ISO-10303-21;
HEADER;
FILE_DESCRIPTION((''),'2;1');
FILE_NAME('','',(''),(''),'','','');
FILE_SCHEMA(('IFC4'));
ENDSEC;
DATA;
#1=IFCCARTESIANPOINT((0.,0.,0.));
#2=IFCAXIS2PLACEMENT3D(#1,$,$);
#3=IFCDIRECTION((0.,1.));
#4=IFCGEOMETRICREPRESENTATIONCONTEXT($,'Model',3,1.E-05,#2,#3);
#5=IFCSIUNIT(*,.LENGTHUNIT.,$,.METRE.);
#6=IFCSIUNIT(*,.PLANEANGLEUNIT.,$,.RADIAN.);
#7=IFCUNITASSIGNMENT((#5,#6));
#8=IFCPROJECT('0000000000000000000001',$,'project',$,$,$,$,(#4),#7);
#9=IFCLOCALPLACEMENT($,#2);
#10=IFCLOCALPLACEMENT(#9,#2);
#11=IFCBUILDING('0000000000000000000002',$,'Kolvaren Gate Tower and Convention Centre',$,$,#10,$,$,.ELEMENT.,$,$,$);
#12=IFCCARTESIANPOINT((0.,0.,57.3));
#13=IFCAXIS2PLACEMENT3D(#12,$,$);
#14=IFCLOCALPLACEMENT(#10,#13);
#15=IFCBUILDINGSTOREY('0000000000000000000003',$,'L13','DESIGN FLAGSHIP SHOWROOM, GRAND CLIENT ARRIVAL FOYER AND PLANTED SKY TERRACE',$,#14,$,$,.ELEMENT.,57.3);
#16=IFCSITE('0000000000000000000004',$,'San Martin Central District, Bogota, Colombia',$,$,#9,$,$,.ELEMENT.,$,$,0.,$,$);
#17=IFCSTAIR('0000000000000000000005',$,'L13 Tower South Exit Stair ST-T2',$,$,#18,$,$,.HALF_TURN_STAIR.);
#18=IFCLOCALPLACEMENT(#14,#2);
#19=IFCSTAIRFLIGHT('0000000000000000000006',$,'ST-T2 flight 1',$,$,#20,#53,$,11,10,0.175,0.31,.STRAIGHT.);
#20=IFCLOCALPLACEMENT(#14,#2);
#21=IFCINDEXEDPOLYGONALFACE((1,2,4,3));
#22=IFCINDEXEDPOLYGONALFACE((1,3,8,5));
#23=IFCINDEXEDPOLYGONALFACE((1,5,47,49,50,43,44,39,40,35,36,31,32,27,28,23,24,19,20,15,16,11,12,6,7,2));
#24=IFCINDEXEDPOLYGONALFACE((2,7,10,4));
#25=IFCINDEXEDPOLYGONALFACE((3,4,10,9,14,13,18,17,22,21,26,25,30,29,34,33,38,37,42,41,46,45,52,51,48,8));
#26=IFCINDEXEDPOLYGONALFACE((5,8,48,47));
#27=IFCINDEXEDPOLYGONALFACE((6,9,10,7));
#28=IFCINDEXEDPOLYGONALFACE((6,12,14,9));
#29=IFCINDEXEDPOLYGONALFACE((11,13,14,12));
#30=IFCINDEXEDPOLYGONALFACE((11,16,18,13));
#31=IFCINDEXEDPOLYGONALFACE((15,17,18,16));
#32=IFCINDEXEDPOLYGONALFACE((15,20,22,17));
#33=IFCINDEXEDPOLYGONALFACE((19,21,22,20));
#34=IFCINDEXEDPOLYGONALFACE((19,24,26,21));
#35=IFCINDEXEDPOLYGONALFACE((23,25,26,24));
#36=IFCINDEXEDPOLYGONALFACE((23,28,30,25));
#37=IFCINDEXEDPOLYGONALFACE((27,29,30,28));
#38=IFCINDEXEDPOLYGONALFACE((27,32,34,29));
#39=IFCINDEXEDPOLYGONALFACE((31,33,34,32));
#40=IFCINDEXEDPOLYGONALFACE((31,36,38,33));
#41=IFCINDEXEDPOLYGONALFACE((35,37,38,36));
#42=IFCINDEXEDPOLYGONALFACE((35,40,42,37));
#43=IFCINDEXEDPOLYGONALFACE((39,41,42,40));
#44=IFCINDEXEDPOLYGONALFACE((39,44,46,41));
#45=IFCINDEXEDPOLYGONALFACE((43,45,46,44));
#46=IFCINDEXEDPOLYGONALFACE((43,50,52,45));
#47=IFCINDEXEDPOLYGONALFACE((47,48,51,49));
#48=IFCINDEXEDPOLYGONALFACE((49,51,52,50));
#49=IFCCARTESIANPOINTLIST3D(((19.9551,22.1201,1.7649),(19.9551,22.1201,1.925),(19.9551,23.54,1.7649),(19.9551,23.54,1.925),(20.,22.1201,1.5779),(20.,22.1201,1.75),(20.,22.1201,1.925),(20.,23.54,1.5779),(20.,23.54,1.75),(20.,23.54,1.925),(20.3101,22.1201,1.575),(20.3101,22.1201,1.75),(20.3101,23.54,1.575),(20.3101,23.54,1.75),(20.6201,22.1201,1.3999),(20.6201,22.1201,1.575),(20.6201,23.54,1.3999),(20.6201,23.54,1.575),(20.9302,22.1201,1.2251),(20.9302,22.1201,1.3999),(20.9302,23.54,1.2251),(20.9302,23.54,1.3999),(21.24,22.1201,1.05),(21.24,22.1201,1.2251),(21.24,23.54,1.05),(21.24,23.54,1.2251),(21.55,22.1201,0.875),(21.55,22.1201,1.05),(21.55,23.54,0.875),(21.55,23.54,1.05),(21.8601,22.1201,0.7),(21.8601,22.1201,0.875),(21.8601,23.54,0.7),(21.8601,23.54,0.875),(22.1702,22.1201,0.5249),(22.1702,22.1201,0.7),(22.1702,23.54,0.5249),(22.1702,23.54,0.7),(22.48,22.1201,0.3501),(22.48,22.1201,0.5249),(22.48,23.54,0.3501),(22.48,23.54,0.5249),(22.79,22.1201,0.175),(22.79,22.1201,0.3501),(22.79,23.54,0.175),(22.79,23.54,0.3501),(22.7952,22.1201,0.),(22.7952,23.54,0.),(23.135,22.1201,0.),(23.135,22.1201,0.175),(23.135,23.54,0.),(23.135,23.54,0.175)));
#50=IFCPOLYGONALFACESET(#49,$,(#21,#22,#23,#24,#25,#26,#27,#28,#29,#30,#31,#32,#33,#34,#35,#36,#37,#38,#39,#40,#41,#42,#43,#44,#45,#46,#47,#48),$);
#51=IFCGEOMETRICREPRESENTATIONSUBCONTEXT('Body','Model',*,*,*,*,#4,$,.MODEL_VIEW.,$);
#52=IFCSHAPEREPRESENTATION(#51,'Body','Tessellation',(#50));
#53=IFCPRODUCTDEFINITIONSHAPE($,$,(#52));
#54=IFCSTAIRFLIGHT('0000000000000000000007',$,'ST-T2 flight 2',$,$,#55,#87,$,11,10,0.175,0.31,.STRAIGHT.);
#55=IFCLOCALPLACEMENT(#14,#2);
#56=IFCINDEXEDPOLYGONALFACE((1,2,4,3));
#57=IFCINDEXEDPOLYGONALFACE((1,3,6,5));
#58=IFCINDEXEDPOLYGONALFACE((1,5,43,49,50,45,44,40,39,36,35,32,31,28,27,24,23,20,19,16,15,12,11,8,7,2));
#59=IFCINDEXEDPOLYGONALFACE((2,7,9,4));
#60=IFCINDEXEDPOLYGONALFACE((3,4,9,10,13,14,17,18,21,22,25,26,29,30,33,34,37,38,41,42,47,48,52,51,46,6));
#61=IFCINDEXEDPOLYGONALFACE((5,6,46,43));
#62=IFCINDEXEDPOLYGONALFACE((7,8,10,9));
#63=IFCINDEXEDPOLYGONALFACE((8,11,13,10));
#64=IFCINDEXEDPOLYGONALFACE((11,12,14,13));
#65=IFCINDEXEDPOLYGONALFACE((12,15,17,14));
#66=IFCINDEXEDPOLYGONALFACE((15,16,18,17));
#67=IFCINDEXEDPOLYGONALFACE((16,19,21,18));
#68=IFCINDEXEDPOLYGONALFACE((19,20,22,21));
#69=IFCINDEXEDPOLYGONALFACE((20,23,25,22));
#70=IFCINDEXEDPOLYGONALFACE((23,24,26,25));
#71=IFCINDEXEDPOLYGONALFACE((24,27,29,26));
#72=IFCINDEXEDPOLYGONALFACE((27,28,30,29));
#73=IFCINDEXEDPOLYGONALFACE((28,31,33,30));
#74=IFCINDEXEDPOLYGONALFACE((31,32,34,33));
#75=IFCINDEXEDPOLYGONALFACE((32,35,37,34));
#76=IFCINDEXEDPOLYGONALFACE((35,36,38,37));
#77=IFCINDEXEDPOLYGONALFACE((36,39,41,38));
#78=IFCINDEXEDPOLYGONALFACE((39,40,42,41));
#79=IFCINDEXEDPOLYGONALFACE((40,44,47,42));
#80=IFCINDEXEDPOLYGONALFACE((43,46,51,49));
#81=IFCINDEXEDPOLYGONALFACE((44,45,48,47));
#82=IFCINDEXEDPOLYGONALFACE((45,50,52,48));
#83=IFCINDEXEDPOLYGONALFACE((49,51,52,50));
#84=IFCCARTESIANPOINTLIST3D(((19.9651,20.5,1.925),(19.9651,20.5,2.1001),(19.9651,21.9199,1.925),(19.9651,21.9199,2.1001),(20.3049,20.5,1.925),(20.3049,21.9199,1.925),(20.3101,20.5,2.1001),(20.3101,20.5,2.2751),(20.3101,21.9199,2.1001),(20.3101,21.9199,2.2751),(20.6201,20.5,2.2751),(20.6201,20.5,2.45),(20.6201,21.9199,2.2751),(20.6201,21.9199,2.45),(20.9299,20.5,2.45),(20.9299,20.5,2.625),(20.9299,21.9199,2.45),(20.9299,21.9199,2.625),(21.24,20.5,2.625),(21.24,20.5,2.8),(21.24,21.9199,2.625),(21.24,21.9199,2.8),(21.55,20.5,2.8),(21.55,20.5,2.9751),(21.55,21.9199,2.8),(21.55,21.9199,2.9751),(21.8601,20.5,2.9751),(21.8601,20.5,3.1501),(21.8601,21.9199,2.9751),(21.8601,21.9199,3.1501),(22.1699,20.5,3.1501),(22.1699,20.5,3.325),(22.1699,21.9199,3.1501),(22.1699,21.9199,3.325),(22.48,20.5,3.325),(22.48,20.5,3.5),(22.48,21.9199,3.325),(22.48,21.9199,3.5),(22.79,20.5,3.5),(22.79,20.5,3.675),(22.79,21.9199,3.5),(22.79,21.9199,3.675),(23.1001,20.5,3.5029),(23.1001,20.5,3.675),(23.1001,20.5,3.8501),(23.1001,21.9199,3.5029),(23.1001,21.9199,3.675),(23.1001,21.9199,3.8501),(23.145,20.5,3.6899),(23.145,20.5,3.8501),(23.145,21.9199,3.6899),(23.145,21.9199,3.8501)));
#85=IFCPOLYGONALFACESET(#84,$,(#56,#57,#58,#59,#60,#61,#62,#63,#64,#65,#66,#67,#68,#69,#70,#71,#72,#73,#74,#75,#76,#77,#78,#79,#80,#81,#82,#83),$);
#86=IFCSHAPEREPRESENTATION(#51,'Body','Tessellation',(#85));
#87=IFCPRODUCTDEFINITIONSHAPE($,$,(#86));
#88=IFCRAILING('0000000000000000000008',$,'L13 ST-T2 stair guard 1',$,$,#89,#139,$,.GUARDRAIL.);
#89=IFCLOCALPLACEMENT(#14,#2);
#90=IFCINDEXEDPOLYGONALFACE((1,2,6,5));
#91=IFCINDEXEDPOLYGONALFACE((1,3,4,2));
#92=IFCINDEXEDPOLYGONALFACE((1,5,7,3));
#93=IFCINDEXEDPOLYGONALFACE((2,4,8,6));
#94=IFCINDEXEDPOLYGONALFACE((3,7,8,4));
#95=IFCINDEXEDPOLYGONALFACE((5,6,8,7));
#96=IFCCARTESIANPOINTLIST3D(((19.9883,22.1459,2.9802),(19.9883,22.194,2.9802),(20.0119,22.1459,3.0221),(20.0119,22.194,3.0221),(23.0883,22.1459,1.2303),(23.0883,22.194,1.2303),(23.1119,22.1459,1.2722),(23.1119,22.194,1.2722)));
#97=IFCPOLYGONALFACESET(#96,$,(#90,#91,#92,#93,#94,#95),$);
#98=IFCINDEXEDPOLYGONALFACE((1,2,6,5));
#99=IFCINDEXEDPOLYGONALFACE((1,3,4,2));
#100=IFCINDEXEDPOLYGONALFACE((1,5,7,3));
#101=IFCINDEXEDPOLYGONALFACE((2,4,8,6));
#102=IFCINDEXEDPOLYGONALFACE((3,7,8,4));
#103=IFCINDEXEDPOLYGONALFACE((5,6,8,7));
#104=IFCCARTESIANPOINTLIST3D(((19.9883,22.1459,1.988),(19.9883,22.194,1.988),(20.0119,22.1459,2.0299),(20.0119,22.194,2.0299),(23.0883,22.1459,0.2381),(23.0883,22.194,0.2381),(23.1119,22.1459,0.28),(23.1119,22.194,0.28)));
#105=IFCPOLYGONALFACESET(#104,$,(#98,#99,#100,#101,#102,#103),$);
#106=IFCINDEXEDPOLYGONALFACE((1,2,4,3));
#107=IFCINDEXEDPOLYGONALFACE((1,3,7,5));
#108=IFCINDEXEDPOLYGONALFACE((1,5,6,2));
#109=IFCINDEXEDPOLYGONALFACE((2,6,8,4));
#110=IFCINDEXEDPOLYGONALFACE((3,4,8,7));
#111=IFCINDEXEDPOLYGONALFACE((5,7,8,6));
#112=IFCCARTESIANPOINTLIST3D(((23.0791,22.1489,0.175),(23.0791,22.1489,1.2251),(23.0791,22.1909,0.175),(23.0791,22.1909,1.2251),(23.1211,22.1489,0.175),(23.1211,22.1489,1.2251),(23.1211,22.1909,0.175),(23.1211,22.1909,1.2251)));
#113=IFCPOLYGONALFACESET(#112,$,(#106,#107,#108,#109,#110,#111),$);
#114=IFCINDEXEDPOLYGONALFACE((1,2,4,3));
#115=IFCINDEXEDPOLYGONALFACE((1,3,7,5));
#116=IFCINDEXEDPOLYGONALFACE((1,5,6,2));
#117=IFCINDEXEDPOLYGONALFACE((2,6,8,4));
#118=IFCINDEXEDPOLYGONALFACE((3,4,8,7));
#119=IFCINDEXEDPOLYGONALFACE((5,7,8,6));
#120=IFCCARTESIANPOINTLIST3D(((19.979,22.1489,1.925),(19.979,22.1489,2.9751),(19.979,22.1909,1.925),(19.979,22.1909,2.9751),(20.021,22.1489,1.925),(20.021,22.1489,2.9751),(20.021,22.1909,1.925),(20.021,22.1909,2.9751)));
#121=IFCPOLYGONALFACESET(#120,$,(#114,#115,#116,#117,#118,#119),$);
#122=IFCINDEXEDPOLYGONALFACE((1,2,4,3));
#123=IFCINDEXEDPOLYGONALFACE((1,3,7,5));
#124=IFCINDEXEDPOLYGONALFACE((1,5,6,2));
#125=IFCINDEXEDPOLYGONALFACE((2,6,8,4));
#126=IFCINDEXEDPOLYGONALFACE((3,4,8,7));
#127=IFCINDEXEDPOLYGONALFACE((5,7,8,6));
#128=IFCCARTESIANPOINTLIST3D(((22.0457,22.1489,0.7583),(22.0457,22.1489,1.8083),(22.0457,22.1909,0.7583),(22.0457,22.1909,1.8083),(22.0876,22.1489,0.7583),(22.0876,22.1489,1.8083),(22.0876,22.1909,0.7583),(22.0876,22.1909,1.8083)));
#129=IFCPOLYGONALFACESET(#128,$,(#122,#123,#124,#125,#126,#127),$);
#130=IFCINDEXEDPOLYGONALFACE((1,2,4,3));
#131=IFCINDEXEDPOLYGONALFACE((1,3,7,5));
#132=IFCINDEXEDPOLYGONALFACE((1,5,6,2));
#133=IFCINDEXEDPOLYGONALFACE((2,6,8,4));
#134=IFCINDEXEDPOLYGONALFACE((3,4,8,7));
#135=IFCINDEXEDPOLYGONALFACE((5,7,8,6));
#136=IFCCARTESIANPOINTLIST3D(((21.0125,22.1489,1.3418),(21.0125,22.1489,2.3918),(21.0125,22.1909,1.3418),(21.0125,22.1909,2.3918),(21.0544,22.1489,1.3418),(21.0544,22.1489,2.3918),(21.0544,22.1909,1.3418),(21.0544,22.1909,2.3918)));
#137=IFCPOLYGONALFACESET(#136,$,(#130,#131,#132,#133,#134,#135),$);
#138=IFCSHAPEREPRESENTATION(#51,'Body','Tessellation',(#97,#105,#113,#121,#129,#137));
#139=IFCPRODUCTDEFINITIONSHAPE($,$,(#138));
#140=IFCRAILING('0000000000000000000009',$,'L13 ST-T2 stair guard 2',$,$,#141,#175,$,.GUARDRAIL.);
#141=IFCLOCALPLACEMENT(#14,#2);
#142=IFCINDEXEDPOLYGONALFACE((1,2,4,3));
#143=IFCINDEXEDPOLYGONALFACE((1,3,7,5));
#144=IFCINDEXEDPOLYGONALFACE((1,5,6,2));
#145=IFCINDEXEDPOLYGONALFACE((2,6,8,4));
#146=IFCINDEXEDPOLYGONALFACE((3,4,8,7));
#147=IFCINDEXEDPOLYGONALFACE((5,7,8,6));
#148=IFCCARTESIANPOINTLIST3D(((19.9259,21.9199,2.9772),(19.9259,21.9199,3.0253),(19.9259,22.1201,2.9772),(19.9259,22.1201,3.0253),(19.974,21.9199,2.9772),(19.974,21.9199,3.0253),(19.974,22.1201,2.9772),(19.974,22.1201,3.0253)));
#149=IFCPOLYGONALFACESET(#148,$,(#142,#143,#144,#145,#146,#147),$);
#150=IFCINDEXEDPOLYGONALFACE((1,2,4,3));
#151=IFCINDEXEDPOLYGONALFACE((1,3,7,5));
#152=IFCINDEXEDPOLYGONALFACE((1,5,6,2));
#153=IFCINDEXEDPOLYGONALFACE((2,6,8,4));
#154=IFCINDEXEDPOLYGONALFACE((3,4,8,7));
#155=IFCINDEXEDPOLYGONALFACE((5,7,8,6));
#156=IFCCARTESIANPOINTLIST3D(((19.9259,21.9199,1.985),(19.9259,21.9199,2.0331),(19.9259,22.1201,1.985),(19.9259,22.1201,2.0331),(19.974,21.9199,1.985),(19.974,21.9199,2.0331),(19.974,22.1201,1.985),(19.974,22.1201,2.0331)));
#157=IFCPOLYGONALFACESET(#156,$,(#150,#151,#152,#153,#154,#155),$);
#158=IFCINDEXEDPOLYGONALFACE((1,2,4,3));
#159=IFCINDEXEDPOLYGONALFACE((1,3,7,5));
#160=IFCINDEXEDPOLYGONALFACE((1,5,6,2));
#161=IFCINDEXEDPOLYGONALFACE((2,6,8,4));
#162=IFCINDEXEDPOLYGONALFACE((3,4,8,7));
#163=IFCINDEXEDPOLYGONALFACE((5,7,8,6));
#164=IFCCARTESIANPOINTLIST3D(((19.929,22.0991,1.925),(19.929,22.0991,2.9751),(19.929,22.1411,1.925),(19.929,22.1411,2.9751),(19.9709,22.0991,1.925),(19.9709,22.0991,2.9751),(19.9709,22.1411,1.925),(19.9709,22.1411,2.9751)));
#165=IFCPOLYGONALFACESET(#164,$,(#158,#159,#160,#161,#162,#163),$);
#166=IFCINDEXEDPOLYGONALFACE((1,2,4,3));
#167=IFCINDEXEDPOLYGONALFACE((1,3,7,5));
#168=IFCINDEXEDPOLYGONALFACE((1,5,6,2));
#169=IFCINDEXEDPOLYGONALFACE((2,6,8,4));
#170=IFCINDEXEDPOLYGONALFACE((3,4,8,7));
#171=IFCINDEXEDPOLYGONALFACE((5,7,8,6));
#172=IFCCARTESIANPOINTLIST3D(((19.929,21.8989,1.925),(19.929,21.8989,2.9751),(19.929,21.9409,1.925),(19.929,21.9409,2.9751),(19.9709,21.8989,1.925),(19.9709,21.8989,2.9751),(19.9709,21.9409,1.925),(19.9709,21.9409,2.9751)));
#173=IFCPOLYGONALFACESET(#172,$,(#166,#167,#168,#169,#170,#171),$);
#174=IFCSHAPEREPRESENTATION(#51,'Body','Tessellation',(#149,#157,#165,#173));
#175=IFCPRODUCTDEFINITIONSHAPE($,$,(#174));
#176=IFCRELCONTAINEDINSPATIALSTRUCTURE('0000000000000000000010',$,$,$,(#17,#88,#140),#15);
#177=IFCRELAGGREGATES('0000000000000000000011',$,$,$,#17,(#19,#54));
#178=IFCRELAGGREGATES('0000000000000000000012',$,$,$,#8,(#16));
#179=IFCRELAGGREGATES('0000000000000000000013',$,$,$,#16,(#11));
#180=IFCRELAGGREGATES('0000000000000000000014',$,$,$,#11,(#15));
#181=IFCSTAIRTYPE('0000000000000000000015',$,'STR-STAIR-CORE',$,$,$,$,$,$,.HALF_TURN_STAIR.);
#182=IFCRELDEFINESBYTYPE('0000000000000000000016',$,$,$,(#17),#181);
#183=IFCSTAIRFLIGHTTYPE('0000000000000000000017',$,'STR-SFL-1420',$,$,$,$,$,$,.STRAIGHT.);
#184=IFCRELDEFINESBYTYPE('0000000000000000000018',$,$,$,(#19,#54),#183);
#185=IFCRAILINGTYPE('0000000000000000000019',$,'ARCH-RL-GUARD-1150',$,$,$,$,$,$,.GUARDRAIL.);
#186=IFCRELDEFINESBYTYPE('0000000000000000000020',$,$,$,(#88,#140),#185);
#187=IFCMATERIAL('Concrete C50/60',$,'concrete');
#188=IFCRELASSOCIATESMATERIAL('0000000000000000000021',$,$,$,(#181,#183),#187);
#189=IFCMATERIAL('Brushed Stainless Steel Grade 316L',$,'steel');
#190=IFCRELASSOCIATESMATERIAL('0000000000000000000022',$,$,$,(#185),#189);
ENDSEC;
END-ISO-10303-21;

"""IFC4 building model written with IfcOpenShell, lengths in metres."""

from ifc_helpers import new_model, si_unit, direction, frame, origin, origin_2d, place, context, subcontext, project, spatial, polyline, rectangle, outline, extrude, material, type_object, element, aggregate, save


model = new_model("IFC4")

# Units and contexts
model_context = context("Model", 3, precision=1e-05, world=origin(), true_north=direction((0.0, 1.0)))
body_context = subcontext(model_context, "Body", "Model", "MODEL_VIEW")
ifc_project = project(units=[si_unit("LENGTHUNIT", "METRE"), si_unit("PLANEANGLEUNIT", "RADIAN")], contexts=[model_context])

# Site, building, storey
site_placement = place(None, origin())
site = spatial("IfcSite", under=ifc_project, at=site_placement, Name="San Martin Central District, Bogota, Colombia", CompositionType="ELEMENT", RefElevation=0.0)
building_placement = place(site_placement, origin())
building = spatial("IfcBuilding", under=site, at=building_placement, Name="Kolvaren Gate Tower and Convention Centre", CompositionType="ELEMENT")
storey_placement = place(building_placement, frame((0.0, 0.0, 57.3)))
storey = spatial("IfcBuildingStorey", under=building, at=storey_placement, Name="L13", Description="DESIGN FLAGSHIP SHOWROOM, GRAND CLIENT ARRIVAL FOYER AND PLANTED SKY TERRACE", CompositionType="ELEMENT", Elevation=57.3)

# Shared definitions
ifc_material_1 = material(Name="Brushed Stainless Steel Grade 316L", Category="steel")

# Shared definitions
ifc_material_2 = material(Name="Concrete C50/60", Category="concrete")

# Stair, stair flights
stair_type = type_object("IfcStairType", Name="STR-STAIR-CORE", PredefinedType="HALF_TURN_STAIR", material=ifc_material_2)
stair_placement = place(storey_placement, origin())
stair = element("IfcStair", 1, at=stair_placement, inside=storey, type_object=stair_type, Name="L13 Tower South Exit Stair ST-T2", PredefinedType="HALF_TURN_STAIR")
stair_flight_type = type_object("IfcStairFlightType", Name="STR-SFL-1420", PredefinedType="STRAIGHT", material=ifc_material_2)
stair_flight_1_placement = place(storey_placement, frame((23.1001, 22.8301, 0.0), z_axis=(0.0, 0.0, 1.0), x_axis=(-1.0, 0.0, 0.0)))
stair_flight_1 = element("IfcStairFlight", 2, at=stair_flight_1_placement, type_object=stair_flight_type, Name="ST-T2 flight 1", NumberOfRisers=11, NumberOfTreads=10, PredefinedType="STRAIGHT", RiserHeight=0.175, TreadLength=0.31, context=body_context, shape_type="SweptSolid", body=[
    extrude(outline(polyline([(-0.0349, 0.0), (-0.0349, 0.175), (0.3101, 0.175), (0.3101, 0.3501), (0.6201, 0.3501), (0.6201, 0.5249), (0.9299, 0.5249), (0.9299, 0.7), (1.24, 0.7), (1.24, 0.875), (1.55, 0.875), (1.55, 1.05), (1.8601, 1.05), (1.8601, 1.2251), (2.1699, 1.2251), (2.1699, 1.3999), (2.48, 1.3999), (2.48, 1.575), (2.79, 1.575), (2.79, 1.75), (3.1001, 1.75), (3.1001, 1.925), (3.145, 1.925), (3.145, 1.7649), (3.1001, 1.5779), (0.3049, 0.0), (-0.0349, 0.0)])), frame((0.0, 0.71, 0.0), z_axis=(0.0, -1.0, 0.0), x_axis=(1.0, 0.0, 0.0)), (0.0, 0.0, 1.0), 1.4199),
])
stair_flight_2_placement = place(storey_placement, frame((20.0, 21.21, 1.925), z_axis=(0.0, 0.0, 1.0), x_axis=(1.0, 0.0, 0.0)))
stair_flight_2 = element("IfcStairFlight", 3, at=stair_flight_2_placement, type_object=stair_flight_type, Name="ST-T2 flight 2", NumberOfRisers=11, NumberOfTreads=10, PredefinedType="STRAIGHT", RiserHeight=0.175, TreadLength=0.31, context=body_context, shape_type="SweptSolid", body=[
    extrude(outline(polyline([(-0.0349, 0.0), (-0.0349, 0.175), (0.3101, 0.175), (0.3101, 0.3501), (0.6201, 0.3501), (0.6201, 0.5249), (0.9299, 0.5249), (0.9299, 0.7), (1.24, 0.7), (1.24, 0.875), (1.55, 0.875), (1.55, 1.05), (1.8601, 1.05), (1.8601, 1.2251), (2.1699, 1.2251), (2.1699, 1.3999), (2.48, 1.3999), (2.48, 1.575), (2.79, 1.575), (2.79, 1.75), (3.1001, 1.75), (3.1001, 1.925), (3.145, 1.925), (3.145, 1.7649), (3.1001, 1.5779), (0.3049, 0.0), (-0.0349, 0.0)])), frame((0.0, 0.71, 0.0), z_axis=(0.0, -1.0, 0.0), x_axis=(1.0, 0.0, 0.0)), (0.0, 0.0, 1.0), 1.4199),
])
aggregate(stair, [stair_flight_1, stair_flight_2])

# Railings
railing_type_1 = type_object("IfcRailingType", Name="ARCH-RL-GUARD-1150", PredefinedType="GUARDRAIL", material=ifc_material_1)
railing_1_placement = place(storey_placement, frame((23.1001, 22.1699, 0.175)))
element("IfcRailing", 4, at=railing_1_placement, inside=storey, type_object=railing_type_1, Name="L13 ST-T2 stair guard 1", PredefinedType="GUARDRAIL", context=body_context, shape_type="SweptSolid", body=[
    extrude(rectangle(XDim=0.0481, YDim=0.0481, at=origin_2d()), frame((0.0, 0.0, 1.0762), z_axis=(-0.870831, 0.0, 0.491583), x_axis=(0.0, -1.0, 0.0)), (0.0, 0.0, 1.0), 3.5598),
    extrude(rectangle(XDim=0.0481, YDim=0.0481, at=origin_2d()), frame((0.0, 0.0, 0.084), z_axis=(-0.870831, 0.0, 0.491583), x_axis=(0.0, -1.0, 0.0)), (0.0, 0.0, 1.0), 3.5598),
    extrude(rectangle(XDim=0.042, YDim=0.042, at=origin_2d()), origin(), (0.0, 0.0, 1.0), 1.05),
    extrude(rectangle(XDim=0.042, YDim=0.042, at=origin_2d()), frame((-3.1001, 0.0, 1.75)), (0.0, 0.0, 1.0), 1.05),
    extrude(rectangle(XDim=0.042, YDim=0.042, at=origin_2d()), frame((-1.0334, 0.0, 0.5833)), (0.0, 0.0, 1.0), 1.05),
    extrude(rectangle(XDim=0.042, YDim=0.042, at=origin_2d()), frame((-2.0667, 0.0, 1.1667)), (0.0, 0.0, 1.0), 1.05),
])
railing_2_placement = place(storey_placement, frame((19.95, 22.1201, 1.925)))
element("IfcRailing", 5, at=railing_2_placement, inside=storey, type_object=railing_type_1, Name="L13 ST-T2 stair guard 2", PredefinedType="GUARDRAIL", context=body_context, shape_type="SweptSolid", body=[
    extrude(rectangle(XDim=0.0481, YDim=0.0481, at=origin_2d()), frame((0.0, 0.0, 1.0762), z_axis=(0.0, -1.0, 0.0), x_axis=(1.0, 0.0, 0.0)), (0.0, 0.0, 1.0), 0.2002),
    extrude(rectangle(XDim=0.0481, YDim=0.0481, at=origin_2d()), frame((0.0, 0.0, 0.084), z_axis=(0.0, -1.0, 0.0), x_axis=(1.0, 0.0, 0.0)), (0.0, 0.0, 1.0), 0.2002),
    extrude(rectangle(XDim=0.042, YDim=0.042, at=origin_2d()), origin(), (0.0, 0.0, 1.0), 1.05),
    extrude(rectangle(XDim=0.042, YDim=0.042, at=origin_2d()), frame((0.0, -0.2002, 0.0)), (0.0, 0.0, 1.0), 1.05),
])

save(model, "model.ifc")
